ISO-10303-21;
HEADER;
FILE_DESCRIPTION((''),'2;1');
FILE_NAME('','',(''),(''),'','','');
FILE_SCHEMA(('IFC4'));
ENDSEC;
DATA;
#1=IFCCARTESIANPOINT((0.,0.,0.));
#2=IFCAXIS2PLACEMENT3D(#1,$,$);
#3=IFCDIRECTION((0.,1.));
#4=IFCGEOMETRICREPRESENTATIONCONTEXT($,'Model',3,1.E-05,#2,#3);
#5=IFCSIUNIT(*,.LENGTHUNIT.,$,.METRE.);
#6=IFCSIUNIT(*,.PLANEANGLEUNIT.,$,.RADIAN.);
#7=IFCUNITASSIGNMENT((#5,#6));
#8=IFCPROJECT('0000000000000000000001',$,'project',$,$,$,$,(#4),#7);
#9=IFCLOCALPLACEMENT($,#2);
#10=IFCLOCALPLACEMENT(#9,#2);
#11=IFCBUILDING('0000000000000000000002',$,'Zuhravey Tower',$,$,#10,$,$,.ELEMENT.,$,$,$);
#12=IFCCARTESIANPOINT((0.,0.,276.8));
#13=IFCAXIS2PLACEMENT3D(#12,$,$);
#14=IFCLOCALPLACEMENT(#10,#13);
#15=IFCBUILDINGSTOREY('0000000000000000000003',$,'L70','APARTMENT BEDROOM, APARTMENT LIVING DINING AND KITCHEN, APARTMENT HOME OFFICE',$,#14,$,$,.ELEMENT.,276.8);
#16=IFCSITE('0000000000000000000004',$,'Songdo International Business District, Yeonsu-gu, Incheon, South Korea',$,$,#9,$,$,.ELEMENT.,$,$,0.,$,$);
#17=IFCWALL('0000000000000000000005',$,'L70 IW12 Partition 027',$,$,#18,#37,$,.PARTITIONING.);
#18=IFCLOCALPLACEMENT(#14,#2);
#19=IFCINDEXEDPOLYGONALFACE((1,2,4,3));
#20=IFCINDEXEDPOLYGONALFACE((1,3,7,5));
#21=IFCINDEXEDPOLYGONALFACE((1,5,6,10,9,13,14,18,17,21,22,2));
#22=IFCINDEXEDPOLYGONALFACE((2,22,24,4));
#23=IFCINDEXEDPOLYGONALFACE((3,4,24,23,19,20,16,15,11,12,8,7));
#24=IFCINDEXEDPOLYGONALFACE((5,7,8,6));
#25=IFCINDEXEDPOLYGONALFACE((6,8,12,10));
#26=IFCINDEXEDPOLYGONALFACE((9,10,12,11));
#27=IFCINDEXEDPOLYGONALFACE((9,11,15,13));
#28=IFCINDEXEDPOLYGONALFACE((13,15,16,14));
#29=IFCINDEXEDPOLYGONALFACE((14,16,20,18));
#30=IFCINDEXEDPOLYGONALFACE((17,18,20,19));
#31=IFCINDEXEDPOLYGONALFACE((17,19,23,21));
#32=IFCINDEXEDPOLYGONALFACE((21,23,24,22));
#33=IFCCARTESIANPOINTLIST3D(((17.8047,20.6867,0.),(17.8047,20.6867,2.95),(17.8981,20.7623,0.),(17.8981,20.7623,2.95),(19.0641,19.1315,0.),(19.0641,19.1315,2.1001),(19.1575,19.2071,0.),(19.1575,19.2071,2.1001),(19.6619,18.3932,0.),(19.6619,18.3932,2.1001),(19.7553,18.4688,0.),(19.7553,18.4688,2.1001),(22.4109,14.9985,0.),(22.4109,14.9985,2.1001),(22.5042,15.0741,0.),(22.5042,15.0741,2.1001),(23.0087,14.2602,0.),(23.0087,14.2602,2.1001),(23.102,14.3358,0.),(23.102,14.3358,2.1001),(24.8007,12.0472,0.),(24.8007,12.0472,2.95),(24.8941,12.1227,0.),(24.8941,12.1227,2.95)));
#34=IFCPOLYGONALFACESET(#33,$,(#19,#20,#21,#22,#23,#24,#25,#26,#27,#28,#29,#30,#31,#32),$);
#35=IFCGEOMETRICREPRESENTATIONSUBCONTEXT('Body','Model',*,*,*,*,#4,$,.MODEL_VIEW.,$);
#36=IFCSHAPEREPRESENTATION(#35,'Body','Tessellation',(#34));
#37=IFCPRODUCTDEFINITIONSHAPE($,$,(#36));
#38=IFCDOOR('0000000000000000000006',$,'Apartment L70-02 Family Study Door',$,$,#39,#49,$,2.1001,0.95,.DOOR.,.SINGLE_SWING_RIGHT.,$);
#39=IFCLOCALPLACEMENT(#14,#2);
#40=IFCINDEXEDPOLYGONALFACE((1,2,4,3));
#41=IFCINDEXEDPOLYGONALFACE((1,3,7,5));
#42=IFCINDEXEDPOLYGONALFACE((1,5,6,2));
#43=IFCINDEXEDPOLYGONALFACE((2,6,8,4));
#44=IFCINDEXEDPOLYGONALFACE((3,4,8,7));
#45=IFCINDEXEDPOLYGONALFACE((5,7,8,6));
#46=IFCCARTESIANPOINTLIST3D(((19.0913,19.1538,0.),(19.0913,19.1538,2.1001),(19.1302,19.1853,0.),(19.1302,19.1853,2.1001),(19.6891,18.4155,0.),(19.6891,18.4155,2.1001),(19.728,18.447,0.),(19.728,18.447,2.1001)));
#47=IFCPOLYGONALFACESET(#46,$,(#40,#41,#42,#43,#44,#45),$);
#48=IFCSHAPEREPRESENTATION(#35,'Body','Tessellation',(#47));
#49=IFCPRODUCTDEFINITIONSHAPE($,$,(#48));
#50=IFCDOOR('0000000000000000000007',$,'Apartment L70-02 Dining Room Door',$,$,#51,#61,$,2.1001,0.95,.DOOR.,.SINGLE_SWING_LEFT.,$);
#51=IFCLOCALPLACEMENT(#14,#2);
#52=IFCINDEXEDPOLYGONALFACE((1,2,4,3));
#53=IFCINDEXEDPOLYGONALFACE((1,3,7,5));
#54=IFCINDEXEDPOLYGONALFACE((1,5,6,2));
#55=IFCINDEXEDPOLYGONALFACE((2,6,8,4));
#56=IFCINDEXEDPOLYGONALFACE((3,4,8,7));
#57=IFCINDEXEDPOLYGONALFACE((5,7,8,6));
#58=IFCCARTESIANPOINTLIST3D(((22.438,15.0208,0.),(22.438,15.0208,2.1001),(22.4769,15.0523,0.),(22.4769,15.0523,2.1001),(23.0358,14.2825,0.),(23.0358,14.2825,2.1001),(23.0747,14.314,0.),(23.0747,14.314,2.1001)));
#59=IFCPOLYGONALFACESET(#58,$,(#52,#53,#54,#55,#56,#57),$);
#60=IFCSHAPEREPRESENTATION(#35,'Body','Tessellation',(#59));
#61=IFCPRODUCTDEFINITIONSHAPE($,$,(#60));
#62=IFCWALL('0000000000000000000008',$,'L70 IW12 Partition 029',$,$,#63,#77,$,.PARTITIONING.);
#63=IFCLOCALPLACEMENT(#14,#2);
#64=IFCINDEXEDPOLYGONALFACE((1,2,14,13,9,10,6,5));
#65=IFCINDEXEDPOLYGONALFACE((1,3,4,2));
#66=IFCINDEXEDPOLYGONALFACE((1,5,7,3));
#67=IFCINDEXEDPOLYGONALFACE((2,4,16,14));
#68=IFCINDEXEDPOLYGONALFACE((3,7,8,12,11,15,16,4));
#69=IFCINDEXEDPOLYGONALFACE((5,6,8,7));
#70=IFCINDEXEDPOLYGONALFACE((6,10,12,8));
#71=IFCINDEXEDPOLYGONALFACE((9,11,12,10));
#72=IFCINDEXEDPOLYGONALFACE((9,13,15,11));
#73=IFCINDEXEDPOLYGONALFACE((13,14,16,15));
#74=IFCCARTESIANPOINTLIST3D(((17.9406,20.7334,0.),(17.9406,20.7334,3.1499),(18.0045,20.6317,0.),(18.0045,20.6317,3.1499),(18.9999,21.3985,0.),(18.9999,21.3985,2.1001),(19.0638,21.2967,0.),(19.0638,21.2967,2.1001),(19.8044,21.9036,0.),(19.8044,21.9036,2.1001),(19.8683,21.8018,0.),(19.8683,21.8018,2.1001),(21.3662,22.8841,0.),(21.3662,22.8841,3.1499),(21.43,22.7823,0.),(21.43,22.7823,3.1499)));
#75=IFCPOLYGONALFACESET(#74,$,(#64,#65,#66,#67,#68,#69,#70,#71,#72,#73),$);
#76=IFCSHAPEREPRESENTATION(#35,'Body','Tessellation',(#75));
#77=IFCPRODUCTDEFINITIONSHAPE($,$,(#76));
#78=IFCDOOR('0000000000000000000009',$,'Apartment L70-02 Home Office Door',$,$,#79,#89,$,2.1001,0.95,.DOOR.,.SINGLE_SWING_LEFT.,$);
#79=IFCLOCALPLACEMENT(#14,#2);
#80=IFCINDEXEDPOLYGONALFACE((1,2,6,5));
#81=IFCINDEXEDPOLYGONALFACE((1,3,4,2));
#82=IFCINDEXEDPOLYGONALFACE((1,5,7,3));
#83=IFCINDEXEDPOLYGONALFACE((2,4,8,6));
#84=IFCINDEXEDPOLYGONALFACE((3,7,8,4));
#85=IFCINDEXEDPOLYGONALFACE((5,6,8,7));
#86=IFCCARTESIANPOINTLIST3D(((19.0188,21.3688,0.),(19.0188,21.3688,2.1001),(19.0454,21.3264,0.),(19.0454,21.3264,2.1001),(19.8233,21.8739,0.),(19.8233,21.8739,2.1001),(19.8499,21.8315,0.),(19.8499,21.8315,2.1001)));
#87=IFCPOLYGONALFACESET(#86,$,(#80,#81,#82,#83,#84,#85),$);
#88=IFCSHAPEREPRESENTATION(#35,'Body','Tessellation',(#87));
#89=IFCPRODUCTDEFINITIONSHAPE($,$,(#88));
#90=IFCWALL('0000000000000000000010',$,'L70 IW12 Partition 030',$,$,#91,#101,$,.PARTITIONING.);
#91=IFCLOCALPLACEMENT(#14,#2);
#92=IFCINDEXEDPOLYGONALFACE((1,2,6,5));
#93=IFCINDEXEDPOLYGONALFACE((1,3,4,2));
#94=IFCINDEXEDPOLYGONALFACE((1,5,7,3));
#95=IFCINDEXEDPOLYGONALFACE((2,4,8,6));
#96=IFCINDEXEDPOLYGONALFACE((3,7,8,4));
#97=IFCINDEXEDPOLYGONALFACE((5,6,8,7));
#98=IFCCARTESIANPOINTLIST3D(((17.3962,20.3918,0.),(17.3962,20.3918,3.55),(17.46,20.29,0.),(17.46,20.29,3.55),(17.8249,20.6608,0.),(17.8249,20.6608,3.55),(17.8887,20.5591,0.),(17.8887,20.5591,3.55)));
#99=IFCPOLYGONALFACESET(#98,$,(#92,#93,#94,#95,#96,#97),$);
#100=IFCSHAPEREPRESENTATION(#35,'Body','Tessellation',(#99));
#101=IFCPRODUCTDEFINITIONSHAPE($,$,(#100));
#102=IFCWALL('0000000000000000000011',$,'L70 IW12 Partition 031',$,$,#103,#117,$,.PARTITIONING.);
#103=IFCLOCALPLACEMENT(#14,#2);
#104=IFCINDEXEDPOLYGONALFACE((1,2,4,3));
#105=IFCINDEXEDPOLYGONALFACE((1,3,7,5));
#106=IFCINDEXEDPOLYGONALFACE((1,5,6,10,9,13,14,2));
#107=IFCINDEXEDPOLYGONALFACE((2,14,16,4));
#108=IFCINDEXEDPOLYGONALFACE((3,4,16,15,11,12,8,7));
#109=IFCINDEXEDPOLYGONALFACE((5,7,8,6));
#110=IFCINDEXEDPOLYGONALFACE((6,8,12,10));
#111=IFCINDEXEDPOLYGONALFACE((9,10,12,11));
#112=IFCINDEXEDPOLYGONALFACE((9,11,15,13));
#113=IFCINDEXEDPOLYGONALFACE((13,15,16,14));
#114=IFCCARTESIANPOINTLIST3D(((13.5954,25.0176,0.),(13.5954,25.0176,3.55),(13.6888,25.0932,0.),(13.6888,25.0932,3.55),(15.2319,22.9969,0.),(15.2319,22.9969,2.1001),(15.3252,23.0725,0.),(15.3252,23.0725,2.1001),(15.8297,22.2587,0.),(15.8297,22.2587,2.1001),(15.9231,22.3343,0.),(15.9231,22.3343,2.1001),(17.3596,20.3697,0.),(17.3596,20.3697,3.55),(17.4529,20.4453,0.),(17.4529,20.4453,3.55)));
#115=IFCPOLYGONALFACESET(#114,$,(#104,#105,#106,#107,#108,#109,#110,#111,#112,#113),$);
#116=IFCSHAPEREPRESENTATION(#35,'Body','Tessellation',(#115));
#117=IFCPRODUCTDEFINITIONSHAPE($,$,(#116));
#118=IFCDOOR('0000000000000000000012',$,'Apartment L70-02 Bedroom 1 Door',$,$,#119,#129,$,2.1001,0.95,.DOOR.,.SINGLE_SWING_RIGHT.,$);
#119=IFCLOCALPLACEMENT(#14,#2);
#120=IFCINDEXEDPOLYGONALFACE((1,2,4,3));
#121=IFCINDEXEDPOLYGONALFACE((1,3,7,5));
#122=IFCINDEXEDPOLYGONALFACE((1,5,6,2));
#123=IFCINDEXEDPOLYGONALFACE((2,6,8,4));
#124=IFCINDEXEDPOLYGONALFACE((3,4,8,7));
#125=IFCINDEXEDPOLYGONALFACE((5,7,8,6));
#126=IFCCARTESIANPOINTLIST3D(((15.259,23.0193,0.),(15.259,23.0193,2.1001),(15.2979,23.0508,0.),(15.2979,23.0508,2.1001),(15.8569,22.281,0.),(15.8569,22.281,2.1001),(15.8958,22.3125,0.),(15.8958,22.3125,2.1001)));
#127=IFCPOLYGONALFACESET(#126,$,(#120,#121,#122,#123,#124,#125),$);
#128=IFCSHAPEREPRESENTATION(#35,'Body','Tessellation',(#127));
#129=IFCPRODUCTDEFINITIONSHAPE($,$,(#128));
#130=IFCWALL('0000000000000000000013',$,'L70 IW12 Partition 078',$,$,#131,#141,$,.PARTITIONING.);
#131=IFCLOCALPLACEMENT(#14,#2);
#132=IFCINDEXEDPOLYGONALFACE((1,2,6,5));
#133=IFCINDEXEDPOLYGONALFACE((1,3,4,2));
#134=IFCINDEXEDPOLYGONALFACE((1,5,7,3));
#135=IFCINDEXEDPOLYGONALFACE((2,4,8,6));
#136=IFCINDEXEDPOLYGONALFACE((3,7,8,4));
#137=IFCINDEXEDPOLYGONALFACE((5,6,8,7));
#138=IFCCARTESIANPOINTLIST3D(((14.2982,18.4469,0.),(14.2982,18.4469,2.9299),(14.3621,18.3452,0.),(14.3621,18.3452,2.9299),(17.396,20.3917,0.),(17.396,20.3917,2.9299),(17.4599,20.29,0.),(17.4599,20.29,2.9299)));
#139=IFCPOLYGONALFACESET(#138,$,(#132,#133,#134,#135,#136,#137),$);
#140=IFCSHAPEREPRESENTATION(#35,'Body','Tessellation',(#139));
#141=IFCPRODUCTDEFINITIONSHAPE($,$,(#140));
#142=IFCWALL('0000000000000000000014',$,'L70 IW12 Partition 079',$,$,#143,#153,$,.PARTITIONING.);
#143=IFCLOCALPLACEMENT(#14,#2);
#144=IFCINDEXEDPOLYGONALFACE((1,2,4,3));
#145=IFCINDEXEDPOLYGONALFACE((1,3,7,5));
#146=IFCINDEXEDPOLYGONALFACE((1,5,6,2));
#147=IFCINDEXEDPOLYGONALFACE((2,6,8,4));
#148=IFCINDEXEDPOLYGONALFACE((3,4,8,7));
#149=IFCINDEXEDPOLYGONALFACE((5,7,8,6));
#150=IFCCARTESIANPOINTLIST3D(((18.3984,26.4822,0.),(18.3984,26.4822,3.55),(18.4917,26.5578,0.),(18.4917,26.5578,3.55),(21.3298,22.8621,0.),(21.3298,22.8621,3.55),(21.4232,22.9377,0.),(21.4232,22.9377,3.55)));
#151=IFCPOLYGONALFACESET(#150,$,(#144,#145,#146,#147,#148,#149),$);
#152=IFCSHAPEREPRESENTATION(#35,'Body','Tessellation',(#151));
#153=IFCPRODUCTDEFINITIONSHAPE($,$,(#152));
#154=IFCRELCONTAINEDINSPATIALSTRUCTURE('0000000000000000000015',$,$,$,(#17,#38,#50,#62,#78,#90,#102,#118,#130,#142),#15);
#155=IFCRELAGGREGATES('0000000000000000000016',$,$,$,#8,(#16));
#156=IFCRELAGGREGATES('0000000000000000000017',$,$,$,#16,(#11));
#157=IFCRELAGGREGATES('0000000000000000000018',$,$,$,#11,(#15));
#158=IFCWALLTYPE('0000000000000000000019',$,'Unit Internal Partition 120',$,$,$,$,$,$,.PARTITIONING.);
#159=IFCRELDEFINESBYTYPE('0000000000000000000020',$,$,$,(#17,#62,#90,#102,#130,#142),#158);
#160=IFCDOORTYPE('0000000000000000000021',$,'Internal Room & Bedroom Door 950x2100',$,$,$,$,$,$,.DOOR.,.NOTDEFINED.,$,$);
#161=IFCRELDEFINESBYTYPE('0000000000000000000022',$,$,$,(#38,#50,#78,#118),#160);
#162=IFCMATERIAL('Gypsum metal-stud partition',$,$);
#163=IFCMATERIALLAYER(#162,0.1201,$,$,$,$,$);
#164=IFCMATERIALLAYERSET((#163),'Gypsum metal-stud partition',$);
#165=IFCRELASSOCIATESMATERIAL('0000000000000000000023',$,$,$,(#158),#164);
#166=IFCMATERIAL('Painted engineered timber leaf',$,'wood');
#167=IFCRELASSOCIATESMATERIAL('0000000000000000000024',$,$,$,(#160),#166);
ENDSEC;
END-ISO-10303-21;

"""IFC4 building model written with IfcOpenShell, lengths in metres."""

from ifc_helpers import new_model, si_unit, direction, frame, frame_2d, origin, place, context, subcontext, project, spatial, rectangle, extrude, material, layer, layer_set, type_object, element, fill, save


model = new_model("IFC4")

# Units and contexts
model_context = context("Model", 3, precision=1e-05, world=origin(), true_north=direction((0.0, 1.0)))
body_context = subcontext(model_context, "Body", "Model", "MODEL_VIEW")
ifc_project = project(units=[si_unit("LENGTHUNIT", "METRE"), si_unit("PLANEANGLEUNIT", "RADIAN")], contexts=[model_context])

# Site, building, storey
site_placement = place(None, origin())
site = spatial("IfcSite", under=ifc_project, at=site_placement, Name="Songdo International Business District, Yeonsu-gu, Incheon, South Korea", CompositionType="ELEMENT", RefElevation=0.0)
building_placement = place(site_placement, origin())
building = spatial("IfcBuilding", under=site, at=building_placement, Name="Zuhravey Tower", CompositionType="ELEMENT")
storey_placement = place(building_placement, frame((0.0, 0.0, 276.8)))
storey = spatial("IfcBuildingStorey", under=building, at=storey_placement, Name="L70", Description="APARTMENT BEDROOM, APARTMENT LIVING DINING AND KITCHEN, APARTMENT HOME OFFICE", CompositionType="ELEMENT", Elevation=276.8)

# Wall, openings, doors
ifc_material_1 = material(Name="Gypsum metal-stud partition")
ifc_layer_1 = layer(ifc_material_1, 0.1201)
ifc_layer_set_1 = layer_set([ifc_layer_1], Name="Gypsum metal-stud partition")
wall_type_1 = type_object("IfcWallType", Name="Unit Internal Partition 120", PredefinedType="PARTITIONING", material=ifc_layer_set_1)
wall_1_placement = place(storey_placement, frame((17.8513, 20.7246, 0.0), z_axis=(0.0, 0.0, 1.0), x_axis=(0.629312, -0.777153, 0.0)))
wall_1 = element("IfcWall", 1, at=wall_1_placement, inside=storey, type_object=wall_type_1, Name="L70 IW12 Partition 027", PredefinedType="PARTITIONING", context=body_context, shape_type="SweptSolid", body=[
    extrude(rectangle(XDim=11.1169, YDim=0.1201, at=frame_2d((5.5586, 0.0))), origin(), (0.0, 0.0, 1.0), 2.95),
])
opening_1_placement = place(wall_1_placement, frame((2.0012, 0.0, 0.0)))
opening_1 = element("IfcOpeningElement", 2, at=opening_1_placement, cuts=wall_1, PredefinedType="OPENING", context=body_context, shape_type="SweptSolid", body=[
    extrude(rectangle(XDim=0.95, YDim=2.1001, at=frame_2d((0.4751, 1.05))), frame((0.0, 0.072, 0.0), z_axis=(0.0, -1.0, 0.0), x_axis=(1.0, 0.0, 0.0)), (0.0, 0.0, 1.0), 0.144),
])
opening_2_placement = place(wall_1_placement, frame((7.3193, 0.0, 0.0)))
opening_2 = element("IfcOpeningElement", 3, at=opening_2_placement, cuts=wall_1, PredefinedType="OPENING", context=body_context, shape_type="SweptSolid", body=[
    extrude(rectangle(XDim=0.95, YDim=2.1001, at=frame_2d((0.4751, 1.05))), frame((0.0, 0.072, 0.0), z_axis=(0.0, -1.0, 0.0), x_axis=(1.0, 0.0, 0.0)), (0.0, 0.0, 1.0), 0.144),
])
ifc_material_2 = material(Name="Painted engineered timber leaf", Category="wood")
door_type = type_object("IfcDoorType", Name="Internal Room & Bedroom Door 950x2100", OperationType="NOTDEFINED", PredefinedType="DOOR", material=ifc_material_2)
door_1_placement = place(opening_1_placement, frame((0.95, 0.0, 0.0), z_axis=(0.0, 0.0, 1.0), x_axis=(-1.0, 0.0, 0.0)))
door_1 = element("IfcDoor", 4, at=door_1_placement, inside=storey, type_object=door_type, Name="Apartment L70-02 Family Study Door", OperationType="SINGLE_SWING_RIGHT", OverallHeight=2.1001, OverallWidth=0.95, PredefinedType="DOOR", context=body_context, shape_type="SweptSolid", body=[
    extrude(rectangle(XDim=0.95, YDim=2.1001, at=frame_2d((0.4751, 1.05))), frame((0.0, 0.0249, 0.0), z_axis=(0.0, -1.0, 0.0), x_axis=(1.0, 0.0, 0.0)), (0.0, 0.0, 1.0), 0.05),
])
fill(opening_1, door_1)
door_2_placement = place(opening_2_placement, frame((0.95, 0.0, 0.0), z_axis=(0.0, 0.0, 1.0), x_axis=(-1.0, 0.0, 0.0)))
door_2 = element("IfcDoor", 5, at=door_2_placement, inside=storey, type_object=door_type, Name="Apartment L70-02 Dining Room Door", OperationType="SINGLE_SWING_LEFT", OverallHeight=2.1001, OverallWidth=0.95, PredefinedType="DOOR", context=body_context, shape_type="SweptSolid", body=[
    extrude(rectangle(XDim=0.95, YDim=2.1001, at=frame_2d((0.4751, 1.05))), frame((0.0, 0.0249, 0.0), z_axis=(0.0, -1.0, 0.0), x_axis=(1.0, 0.0, 0.0)), (0.0, 0.0, 1.0), 0.05),
])
fill(opening_2, door_2)

# Wall, opening, door
wall_2_placement = place(storey_placement, frame((21.3982, 22.8333, 0.0), z_axis=(0.0, 0.0, 1.0), x_axis=(-0.846922, -0.531718, 0.0)))
wall_2 = element("IfcWall", 6, at=wall_2_placement, inside=storey, type_object=wall_type_1, Name="L70 IW12 Partition 029", PredefinedType="PARTITIONING", context=body_context, shape_type="SweptSolid", body=[
    extrude(rectangle(XDim=4.0447, YDim=0.1201, at=frame_2d((2.0225, 0.0))), origin(), (0.0, 0.0, 1.0), 3.1499),
])
opening_3_placement = place(wall_2_placement, frame((1.844, 0.0, 0.0)))
opening_3 = element("IfcOpeningElement", 7, at=opening_3_placement, cuts=wall_2, PredefinedType="OPENING", context=body_context, shape_type="SweptSolid", body=[
    extrude(rectangle(XDim=0.95, YDim=2.1001, at=frame_2d((0.4751, 1.05))), frame((0.0, 0.072, 0.0), z_axis=(0.0, -1.0, 0.0), x_axis=(1.0, 0.0, 0.0)), (0.0, 0.0, 1.0), 0.144),
])
door_3_placement = place(opening_3_placement, frame((0.95, 0.0, 0.0), z_axis=(0.0, 0.0, 1.0), x_axis=(-1.0, 0.0, 0.0)))
door_3 = element("IfcDoor", 8, at=door_3_placement, inside=storey, type_object=door_type, Name="Apartment L70-02 Home Office Door", OperationType="SINGLE_SWING_LEFT", OverallHeight=2.1001, OverallWidth=0.95, PredefinedType="DOOR", context=body_context, shape_type="SweptSolid", body=[
    extrude(rectangle(XDim=0.95, YDim=2.1001, at=frame_2d((0.4751, 1.05))), frame((0.0, 0.0249, 0.0), z_axis=(0.0, -1.0, 0.0), x_axis=(1.0, 0.0, 0.0)), (0.0, 0.0, 1.0), 0.05),
])
fill(opening_3, door_3)

# Wall
wall_3_placement = place(storey_placement, frame((17.8567, 20.6099, 0.0), z_axis=(0.0, 0.0, 1.0), x_axis=(-0.847021, -0.531559, 0.0)))
element("IfcWall", 9, at=wall_3_placement, inside=storey, type_object=wall_type_1, Name="L70 IW12 Partition 030", PredefinedType="PARTITIONING", context=body_context, shape_type="SweptSolid", body=[
    extrude(rectangle(XDim=0.5061, YDim=0.1201, at=frame_2d((0.2529, 0.0))), origin(), (0.0, 0.0, 1.0), 3.55),
])

# Wall, opening, door
wall_4_placement = place(storey_placement, frame((13.6421, 25.0554, 0.0), z_axis=(0.0, 0.0, 1.0), x_axis=(0.629353, -0.777119, 0.0)))
wall_4 = element("IfcWall", 10, at=wall_4_placement, inside=storey, type_object=wall_type_1, Name="L70 IW12 Partition 031", PredefinedType="PARTITIONING", context=body_context, shape_type="SweptSolid", body=[
    extrude(rectangle(XDim=5.981, YDim=0.1201, at=frame_2d((2.9905, 0.0))), origin(), (0.0, 0.0, 1.0), 3.55),
])
opening_4_placement = place(wall_4_placement, frame((2.6001, 0.0, 0.0)))
opening_4 = element("IfcOpeningElement", 11, at=opening_4_placement, cuts=wall_4, PredefinedType="OPENING", context=body_context, shape_type="SweptSolid", body=[
    extrude(rectangle(XDim=0.95, YDim=2.1001, at=frame_2d((0.4751, 1.05))), frame((0.0, 0.072, 0.0), z_axis=(0.0, -1.0, 0.0), x_axis=(1.0, 0.0, 0.0)), (0.0, 0.0, 1.0), 0.144),
])
door_4_placement = place(opening_4_placement, frame((0.95, 0.0, 0.0), z_axis=(0.0, 0.0, 1.0), x_axis=(-1.0, 0.0, 0.0)))
door_4 = element("IfcDoor", 12, at=door_4_placement, inside=storey, type_object=door_type, Name="Apartment L70-02 Bedroom 1 Door", OperationType="SINGLE_SWING_RIGHT", OverallHeight=2.1001, OverallWidth=0.95, PredefinedType="DOOR", context=body_context, shape_type="SweptSolid", body=[
    extrude(rectangle(XDim=0.95, YDim=2.1001, at=frame_2d((0.4751, 1.05))), frame((0.0, 0.0249, 0.0), z_axis=(0.0, -1.0, 0.0), x_axis=(1.0, 0.0, 0.0)), (0.0, 0.0, 1.0), 0.05),
])
fill(opening_4, door_4)

# Walls
wall_5_placement = place(storey_placement, frame((17.428, 20.3408, 0.0), z_axis=(0.0, 0.0, 1.0), x_axis=(-0.846935, -0.531696, 0.0)))
element("IfcWall", 13, at=wall_5_placement, inside=storey, type_object=wall_type_1, Name="L70 IW12 Partition 078", PredefinedType="PARTITIONING", context=body_context, shape_type="SweptSolid", body=[
    extrude(rectangle(XDim=3.6577, YDim=0.1201, at=frame_2d((1.8289, 0.0))), origin(), (0.0, 0.0, 1.0), 2.9299),
])
wall_6_placement = place(storey_placement, frame((18.4451, 26.52, 0.0), z_axis=(0.0, 0.0, 1.0), x_axis=(0.629305, -0.777158, 0.0)))
element("IfcWall", 14, at=wall_6_placement, inside=storey, type_object=wall_type_1, Name="L70 IW12 Partition 079", PredefinedType="PARTITIONING", context=body_context, shape_type="SweptSolid", body=[
    extrude(rectangle(XDim=4.6582, YDim=0.1201, at=frame_2d((2.3291, 0.0))), origin(), (0.0, 0.0, 1.0), 3.55),
])

save(model, "model.ifc")
